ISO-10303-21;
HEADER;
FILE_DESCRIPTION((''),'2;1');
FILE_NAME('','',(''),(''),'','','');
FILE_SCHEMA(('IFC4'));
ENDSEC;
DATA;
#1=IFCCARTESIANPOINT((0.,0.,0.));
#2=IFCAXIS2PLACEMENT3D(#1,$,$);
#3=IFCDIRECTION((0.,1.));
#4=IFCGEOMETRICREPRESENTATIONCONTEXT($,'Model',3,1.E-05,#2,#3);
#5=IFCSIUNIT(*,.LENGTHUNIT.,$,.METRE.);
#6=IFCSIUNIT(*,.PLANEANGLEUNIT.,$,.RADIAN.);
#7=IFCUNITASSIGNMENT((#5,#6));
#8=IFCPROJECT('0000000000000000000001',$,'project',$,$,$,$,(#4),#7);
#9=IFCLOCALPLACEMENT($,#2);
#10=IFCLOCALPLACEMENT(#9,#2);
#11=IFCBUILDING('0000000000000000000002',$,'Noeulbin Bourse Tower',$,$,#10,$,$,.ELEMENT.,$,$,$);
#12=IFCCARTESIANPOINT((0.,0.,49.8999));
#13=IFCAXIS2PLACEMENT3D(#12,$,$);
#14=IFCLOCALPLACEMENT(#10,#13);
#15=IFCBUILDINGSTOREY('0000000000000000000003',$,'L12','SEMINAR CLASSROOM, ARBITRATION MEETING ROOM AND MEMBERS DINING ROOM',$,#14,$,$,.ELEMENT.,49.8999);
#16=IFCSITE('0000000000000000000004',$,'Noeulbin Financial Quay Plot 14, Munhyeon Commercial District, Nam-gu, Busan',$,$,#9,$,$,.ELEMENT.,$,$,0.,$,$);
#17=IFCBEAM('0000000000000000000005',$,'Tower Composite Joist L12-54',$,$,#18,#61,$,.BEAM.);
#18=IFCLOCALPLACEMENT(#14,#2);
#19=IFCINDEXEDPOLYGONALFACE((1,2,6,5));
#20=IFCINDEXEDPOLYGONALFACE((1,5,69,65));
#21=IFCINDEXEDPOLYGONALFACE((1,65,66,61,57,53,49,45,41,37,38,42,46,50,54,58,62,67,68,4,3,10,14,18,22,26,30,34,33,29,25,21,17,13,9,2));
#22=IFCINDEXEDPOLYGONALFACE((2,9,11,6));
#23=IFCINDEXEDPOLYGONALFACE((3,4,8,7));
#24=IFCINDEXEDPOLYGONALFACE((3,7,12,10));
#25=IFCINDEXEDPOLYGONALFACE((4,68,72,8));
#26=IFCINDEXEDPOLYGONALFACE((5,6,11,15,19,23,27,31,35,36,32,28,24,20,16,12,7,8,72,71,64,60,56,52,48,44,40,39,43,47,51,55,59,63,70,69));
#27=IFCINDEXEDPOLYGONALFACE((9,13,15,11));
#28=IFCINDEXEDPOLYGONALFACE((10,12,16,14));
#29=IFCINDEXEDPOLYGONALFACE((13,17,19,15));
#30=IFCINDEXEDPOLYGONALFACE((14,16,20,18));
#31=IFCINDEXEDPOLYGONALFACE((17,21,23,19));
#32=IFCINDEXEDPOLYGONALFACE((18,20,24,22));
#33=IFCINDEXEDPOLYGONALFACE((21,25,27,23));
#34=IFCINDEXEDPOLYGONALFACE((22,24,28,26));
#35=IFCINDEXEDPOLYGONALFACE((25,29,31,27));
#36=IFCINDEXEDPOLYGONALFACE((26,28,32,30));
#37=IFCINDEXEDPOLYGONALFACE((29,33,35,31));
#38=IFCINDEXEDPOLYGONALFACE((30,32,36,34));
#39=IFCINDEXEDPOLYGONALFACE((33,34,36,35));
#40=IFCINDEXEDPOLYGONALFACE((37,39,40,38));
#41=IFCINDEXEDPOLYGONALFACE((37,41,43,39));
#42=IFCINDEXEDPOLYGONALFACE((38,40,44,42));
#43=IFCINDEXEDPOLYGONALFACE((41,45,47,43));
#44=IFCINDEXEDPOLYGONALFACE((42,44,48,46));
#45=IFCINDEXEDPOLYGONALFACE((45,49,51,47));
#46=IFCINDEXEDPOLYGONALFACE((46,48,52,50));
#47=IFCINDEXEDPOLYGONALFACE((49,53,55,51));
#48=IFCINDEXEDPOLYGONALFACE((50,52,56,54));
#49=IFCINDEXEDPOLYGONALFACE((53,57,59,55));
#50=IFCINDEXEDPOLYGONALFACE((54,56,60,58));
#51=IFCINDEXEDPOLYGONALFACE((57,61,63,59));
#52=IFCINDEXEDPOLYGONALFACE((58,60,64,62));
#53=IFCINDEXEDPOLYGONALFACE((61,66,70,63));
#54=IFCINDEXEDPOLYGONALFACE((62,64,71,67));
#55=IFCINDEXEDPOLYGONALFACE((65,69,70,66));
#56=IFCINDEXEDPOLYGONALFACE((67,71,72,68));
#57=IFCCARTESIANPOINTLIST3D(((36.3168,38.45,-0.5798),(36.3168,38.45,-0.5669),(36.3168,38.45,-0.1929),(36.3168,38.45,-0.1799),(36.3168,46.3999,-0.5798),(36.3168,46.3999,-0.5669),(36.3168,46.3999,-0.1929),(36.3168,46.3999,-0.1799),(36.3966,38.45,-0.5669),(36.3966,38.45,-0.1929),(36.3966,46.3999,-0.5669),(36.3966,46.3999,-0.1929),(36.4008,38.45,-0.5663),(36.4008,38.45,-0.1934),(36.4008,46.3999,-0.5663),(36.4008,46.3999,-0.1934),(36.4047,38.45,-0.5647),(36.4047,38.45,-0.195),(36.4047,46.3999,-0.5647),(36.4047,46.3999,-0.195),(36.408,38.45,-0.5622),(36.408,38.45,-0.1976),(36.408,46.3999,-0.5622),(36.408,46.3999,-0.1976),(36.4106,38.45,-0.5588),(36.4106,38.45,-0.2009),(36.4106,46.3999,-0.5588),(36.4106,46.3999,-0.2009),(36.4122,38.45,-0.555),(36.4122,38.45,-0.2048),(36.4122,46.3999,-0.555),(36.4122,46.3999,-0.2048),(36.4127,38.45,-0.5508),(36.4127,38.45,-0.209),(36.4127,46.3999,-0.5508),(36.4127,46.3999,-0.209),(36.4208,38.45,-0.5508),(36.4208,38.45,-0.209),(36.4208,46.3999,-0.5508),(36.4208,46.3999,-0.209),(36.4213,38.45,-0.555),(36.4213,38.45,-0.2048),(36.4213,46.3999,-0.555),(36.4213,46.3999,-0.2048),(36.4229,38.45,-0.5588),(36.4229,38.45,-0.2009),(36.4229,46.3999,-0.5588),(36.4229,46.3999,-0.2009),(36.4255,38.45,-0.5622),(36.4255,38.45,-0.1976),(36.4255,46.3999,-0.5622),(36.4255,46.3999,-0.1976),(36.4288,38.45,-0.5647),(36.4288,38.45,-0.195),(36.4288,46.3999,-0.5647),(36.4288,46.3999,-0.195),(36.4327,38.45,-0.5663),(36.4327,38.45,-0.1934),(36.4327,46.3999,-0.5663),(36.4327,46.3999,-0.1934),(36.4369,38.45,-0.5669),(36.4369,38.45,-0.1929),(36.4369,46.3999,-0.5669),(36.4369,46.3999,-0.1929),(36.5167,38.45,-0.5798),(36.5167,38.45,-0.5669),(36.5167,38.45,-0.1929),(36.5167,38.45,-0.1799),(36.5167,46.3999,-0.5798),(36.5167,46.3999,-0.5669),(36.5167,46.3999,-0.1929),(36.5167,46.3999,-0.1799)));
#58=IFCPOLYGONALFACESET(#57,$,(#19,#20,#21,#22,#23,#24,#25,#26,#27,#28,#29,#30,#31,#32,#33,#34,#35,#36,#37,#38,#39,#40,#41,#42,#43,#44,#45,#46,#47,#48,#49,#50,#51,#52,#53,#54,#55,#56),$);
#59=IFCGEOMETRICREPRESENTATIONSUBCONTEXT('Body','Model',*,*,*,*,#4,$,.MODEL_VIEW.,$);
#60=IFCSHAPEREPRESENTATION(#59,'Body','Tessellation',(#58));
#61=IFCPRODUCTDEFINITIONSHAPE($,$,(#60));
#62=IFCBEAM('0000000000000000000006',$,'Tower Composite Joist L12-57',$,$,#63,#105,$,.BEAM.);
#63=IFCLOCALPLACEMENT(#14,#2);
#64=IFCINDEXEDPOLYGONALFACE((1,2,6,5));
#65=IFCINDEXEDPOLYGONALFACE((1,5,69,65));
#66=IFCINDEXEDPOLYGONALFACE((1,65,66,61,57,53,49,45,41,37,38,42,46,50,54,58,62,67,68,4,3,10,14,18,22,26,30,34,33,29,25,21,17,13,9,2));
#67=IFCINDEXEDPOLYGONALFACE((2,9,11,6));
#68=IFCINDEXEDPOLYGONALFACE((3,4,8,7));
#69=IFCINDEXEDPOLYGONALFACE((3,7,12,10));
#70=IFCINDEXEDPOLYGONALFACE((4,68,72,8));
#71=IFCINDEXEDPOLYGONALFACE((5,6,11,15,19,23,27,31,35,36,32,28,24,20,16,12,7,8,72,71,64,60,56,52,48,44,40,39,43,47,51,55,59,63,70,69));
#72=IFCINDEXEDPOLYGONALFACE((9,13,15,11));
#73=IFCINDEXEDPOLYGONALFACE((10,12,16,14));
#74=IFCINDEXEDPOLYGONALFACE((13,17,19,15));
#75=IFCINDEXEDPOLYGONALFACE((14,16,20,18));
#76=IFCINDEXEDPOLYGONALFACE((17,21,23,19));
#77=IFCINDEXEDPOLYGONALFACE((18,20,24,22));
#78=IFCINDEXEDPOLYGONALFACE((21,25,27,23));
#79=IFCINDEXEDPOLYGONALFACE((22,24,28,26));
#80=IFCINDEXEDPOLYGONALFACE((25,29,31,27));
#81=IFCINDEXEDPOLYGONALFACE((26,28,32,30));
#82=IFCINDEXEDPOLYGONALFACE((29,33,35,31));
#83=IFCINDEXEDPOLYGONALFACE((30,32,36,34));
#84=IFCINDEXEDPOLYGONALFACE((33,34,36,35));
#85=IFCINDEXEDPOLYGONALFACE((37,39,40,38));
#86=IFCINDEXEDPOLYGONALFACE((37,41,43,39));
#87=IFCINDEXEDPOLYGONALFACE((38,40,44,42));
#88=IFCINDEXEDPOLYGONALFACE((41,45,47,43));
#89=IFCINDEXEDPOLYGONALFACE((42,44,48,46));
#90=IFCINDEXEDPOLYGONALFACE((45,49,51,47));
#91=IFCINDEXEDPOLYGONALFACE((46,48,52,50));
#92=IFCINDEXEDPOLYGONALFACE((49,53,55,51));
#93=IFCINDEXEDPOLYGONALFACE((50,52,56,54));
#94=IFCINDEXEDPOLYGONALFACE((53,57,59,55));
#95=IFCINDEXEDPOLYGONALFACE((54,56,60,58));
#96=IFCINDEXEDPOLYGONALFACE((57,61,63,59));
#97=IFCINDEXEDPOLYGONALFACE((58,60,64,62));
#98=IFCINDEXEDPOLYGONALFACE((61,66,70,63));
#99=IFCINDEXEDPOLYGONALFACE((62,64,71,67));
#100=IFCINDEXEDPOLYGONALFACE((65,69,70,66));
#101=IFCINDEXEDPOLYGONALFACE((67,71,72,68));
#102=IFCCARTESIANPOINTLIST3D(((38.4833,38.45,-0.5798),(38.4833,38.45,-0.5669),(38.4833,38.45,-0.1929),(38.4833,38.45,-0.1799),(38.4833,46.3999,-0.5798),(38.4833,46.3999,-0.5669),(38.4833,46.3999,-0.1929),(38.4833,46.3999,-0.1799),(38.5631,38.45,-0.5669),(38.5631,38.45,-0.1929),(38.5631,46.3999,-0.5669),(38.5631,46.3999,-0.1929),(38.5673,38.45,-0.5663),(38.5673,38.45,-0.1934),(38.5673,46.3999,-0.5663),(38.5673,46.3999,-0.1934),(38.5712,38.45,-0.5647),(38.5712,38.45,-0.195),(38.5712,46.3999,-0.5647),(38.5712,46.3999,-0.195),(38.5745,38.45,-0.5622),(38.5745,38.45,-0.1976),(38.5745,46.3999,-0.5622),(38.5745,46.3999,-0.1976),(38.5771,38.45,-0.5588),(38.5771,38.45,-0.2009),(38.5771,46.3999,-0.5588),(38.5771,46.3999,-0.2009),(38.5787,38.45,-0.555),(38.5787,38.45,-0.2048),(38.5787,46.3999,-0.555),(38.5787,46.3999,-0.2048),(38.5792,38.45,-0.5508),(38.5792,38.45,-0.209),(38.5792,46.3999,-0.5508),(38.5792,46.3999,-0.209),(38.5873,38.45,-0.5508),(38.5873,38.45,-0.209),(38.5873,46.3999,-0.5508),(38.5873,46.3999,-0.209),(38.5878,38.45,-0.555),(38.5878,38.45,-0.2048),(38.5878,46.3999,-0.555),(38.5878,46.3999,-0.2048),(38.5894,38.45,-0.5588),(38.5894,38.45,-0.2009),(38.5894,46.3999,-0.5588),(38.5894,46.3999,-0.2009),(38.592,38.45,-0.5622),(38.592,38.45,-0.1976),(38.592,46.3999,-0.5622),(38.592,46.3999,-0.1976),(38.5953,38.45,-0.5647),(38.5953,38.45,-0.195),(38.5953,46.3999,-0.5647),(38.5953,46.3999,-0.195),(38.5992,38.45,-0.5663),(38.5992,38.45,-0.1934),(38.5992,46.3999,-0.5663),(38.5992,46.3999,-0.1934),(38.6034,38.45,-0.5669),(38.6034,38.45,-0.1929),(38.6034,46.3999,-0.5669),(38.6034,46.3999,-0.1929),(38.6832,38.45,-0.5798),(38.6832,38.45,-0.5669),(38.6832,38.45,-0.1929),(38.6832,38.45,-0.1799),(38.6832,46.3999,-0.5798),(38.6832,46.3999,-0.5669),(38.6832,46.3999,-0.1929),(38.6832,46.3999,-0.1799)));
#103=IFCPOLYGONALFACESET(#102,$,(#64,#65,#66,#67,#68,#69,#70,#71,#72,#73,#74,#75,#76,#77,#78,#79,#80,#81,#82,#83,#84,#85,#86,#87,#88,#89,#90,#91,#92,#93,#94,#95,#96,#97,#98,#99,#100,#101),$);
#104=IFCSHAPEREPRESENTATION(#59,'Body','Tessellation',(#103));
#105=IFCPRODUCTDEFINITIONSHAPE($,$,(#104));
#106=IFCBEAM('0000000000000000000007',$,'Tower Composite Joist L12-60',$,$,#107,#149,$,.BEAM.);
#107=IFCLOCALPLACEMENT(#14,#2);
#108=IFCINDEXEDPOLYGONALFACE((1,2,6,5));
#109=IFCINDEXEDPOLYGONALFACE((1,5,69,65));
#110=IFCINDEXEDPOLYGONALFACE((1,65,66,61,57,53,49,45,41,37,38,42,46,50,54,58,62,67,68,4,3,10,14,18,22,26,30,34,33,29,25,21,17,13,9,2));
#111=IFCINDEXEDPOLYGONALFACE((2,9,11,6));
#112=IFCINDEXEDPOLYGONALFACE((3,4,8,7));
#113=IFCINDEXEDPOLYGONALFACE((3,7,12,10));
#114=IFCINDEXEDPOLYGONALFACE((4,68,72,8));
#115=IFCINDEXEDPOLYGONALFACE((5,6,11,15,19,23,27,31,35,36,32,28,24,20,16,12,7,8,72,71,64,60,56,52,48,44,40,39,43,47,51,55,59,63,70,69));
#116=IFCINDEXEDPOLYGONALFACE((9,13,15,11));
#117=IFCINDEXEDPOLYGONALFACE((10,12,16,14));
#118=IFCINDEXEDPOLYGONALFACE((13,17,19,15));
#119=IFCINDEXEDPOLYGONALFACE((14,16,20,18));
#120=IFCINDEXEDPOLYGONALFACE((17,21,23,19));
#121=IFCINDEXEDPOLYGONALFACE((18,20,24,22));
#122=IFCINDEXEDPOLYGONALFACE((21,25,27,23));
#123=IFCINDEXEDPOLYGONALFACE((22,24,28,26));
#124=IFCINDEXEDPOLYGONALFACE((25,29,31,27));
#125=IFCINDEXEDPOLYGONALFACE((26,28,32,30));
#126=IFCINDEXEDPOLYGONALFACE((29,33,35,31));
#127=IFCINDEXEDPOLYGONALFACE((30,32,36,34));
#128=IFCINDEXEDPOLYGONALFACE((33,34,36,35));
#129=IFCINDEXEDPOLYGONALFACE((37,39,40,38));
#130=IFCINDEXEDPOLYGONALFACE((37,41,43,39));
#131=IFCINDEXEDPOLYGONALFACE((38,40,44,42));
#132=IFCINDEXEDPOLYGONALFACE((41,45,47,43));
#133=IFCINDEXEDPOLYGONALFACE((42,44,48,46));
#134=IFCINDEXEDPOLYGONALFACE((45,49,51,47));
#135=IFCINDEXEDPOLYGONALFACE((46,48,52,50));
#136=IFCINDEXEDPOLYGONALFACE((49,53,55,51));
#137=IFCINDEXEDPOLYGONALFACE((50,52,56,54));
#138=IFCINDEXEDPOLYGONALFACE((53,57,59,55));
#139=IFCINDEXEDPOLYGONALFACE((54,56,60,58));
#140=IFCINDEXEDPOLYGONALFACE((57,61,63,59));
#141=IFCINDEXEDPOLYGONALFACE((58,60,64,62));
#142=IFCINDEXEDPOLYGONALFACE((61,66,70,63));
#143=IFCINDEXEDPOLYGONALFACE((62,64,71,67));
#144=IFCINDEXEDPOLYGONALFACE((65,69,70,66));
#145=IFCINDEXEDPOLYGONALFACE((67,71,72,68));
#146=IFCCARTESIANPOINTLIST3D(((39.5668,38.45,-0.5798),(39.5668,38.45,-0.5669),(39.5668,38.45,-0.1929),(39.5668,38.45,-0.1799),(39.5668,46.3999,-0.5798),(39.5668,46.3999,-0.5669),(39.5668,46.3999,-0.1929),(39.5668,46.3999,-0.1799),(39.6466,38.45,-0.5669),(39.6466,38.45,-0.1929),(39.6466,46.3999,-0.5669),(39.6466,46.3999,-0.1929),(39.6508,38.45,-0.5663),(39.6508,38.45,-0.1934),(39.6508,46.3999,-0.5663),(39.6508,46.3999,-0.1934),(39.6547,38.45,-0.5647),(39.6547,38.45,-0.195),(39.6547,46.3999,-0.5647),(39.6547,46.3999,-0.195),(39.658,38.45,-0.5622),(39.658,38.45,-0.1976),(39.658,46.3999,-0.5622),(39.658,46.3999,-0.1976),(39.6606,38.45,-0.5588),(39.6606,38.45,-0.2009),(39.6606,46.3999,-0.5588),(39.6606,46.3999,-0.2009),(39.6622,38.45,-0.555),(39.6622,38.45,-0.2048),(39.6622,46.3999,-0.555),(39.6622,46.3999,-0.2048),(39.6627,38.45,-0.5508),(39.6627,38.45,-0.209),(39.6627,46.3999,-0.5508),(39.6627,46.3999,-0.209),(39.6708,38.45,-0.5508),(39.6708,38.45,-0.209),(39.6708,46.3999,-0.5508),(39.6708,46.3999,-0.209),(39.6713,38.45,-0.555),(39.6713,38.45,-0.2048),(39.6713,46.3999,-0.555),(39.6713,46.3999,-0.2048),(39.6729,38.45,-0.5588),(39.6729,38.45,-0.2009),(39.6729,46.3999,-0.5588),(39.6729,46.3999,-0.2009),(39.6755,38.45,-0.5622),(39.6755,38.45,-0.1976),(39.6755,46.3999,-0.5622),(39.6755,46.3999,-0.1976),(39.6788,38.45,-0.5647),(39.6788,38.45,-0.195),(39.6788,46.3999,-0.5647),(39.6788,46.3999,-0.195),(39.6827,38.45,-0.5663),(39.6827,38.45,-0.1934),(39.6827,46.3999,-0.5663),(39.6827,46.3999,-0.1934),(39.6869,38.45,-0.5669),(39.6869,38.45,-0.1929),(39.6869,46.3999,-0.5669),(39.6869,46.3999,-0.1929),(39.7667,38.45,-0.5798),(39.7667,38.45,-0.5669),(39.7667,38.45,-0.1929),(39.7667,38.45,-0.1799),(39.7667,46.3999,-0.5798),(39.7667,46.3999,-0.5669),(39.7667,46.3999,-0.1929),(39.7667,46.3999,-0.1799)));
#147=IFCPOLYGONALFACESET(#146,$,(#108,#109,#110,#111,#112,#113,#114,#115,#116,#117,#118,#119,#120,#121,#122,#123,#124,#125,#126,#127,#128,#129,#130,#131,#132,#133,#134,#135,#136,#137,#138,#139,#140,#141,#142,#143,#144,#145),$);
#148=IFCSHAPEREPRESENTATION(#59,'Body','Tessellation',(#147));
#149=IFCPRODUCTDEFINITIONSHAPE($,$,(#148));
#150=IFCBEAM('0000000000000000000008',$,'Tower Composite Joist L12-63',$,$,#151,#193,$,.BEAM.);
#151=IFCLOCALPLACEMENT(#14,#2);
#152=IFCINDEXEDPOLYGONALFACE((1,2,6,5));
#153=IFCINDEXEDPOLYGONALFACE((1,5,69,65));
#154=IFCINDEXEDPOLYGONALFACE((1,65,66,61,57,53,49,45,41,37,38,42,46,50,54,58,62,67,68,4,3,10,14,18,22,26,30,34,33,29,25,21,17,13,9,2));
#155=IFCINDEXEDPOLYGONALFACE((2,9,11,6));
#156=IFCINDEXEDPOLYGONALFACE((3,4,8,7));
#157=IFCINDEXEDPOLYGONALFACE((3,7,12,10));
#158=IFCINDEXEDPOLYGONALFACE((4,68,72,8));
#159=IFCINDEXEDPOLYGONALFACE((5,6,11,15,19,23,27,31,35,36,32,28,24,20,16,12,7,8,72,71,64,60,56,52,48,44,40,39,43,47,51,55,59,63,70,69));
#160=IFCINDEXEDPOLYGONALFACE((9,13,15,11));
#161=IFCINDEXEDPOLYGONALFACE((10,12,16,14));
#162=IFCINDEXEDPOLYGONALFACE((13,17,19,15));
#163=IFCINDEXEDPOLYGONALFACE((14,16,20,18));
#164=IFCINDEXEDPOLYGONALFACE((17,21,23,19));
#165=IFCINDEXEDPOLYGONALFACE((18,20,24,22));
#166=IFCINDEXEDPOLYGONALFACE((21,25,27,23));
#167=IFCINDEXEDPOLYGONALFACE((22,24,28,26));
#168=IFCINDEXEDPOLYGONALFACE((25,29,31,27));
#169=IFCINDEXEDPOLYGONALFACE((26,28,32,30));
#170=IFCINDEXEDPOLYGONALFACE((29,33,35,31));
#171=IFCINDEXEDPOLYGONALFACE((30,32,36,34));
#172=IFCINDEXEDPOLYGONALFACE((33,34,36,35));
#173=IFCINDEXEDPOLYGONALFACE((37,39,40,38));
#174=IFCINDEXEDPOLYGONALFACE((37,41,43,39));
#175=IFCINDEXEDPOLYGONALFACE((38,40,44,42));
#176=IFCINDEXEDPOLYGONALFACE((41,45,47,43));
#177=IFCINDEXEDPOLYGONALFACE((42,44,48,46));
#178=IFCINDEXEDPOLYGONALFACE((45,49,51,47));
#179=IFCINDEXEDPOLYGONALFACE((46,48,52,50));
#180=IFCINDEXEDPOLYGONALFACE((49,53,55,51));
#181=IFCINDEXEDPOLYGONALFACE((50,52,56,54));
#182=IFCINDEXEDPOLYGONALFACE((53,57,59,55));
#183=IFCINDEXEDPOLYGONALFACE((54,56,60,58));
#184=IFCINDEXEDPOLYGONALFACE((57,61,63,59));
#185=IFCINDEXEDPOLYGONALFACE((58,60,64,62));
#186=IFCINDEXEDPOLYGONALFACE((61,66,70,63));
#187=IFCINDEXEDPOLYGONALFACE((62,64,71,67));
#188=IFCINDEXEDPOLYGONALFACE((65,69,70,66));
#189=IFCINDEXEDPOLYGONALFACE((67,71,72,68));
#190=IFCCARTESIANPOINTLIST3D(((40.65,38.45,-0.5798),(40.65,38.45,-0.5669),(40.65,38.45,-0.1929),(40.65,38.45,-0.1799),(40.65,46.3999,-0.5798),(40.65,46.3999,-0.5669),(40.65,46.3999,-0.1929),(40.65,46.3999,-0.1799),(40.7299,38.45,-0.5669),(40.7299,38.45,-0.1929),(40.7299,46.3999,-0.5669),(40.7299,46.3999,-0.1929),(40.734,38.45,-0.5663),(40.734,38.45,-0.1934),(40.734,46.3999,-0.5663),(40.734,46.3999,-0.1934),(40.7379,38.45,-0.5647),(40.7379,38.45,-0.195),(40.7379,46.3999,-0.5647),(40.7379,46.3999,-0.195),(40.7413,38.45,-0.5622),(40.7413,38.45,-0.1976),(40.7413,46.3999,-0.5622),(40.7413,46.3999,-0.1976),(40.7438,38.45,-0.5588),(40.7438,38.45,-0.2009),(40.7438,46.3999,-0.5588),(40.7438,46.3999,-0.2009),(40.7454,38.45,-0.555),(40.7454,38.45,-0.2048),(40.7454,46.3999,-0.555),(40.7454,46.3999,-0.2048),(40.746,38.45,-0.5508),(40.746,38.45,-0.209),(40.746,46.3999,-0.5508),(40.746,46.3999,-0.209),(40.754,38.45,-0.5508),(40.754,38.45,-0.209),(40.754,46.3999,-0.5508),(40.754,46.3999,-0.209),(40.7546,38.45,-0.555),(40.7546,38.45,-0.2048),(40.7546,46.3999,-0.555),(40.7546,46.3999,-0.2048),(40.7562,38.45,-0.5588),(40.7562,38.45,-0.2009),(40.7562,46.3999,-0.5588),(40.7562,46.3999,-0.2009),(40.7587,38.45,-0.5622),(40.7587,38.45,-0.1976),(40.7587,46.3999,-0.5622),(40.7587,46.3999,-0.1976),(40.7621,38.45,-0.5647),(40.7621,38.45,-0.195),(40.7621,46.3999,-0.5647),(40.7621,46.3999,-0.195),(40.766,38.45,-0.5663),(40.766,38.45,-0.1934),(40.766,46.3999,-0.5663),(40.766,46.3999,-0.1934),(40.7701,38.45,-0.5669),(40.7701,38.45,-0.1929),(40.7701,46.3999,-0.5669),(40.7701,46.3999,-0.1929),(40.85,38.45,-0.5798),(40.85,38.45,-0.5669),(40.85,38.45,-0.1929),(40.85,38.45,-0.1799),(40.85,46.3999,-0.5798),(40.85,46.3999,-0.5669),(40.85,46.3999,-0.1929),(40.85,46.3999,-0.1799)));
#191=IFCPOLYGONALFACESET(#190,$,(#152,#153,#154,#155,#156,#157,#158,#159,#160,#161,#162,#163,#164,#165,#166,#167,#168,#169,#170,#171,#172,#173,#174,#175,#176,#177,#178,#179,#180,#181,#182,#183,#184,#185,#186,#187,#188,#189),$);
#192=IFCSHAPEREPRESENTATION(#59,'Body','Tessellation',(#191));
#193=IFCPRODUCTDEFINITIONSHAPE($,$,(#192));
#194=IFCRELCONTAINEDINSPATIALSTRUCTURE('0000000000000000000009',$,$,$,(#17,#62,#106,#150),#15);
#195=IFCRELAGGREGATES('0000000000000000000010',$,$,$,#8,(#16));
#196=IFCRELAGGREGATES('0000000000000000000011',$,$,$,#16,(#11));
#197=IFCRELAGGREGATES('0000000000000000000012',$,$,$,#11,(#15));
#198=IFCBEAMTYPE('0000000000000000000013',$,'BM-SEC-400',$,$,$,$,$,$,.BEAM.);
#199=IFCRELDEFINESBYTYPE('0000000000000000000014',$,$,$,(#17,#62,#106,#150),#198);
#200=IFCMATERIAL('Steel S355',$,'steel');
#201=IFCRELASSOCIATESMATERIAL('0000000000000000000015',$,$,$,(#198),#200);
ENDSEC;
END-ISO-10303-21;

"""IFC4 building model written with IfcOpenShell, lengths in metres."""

from ifc_helpers import new_model, si_unit, direction, frame, origin, origin_2d, place, context, subcontext, project, spatial, i_section, extrude, material, material_profile, profile_set, type_object, element, save


model = new_model("IFC4")

# Units and contexts
model_context = context("Model", 3, precision=1e-05, world=origin(), true_north=direction((0.0, 1.0)))
body_context = subcontext(model_context, "Body", "Model", "MODEL_VIEW")
ifc_project = project(units=[si_unit("LENGTHUNIT", "METRE"), si_unit("PLANEANGLEUNIT", "RADIAN")], contexts=[model_context])

# Site, building, storey
site_placement = place(None, origin())
site = spatial("IfcSite", under=ifc_project, at=site_placement, Name="Noeulbin Financial Quay Plot 14, Munhyeon Commercial District, Nam-gu, Busan", CompositionType="ELEMENT", RefElevation=0.0)
building_placement = place(site_placement, origin())
building = spatial("IfcBuilding", under=site, at=building_placement, Name="Noeulbin Bourse Tower", CompositionType="ELEMENT")
storey_placement = place(building_placement, frame((0.0, 0.0, 49.8999)))
storey = spatial("IfcBuildingStorey", under=building, at=storey_placement, Name="L12", Description="SEMINAR CLASSROOM, ARBITRATION MEETING ROOM AND MEMBERS DINING ROOM", CompositionType="ELEMENT", Elevation=49.8999)

# Beams
ifc_material_1 = material(Name="Steel S355", Category="steel")
ifc_material_profile_1 = material_profile(ifc_material_1, i_section(OverallWidth=0.2, OverallDepth=0.3999, WebThickness=0.0081, FlangeThickness=0.0129, FilletRadius=0.0161, at=origin_2d()), Name="H-400x200x8x13", Category="LoadBearing")
ifc_profile_set_1 = profile_set([ifc_material_profile_1], Name="Steel S355")
beam_type_1 = type_object("IfcBeamType", Name="BM-SEC-400", PredefinedType="BEAM", material=ifc_profile_set_1)
for number, where, z_axis, x_axis, name in (
    (1, (36.4167, 38.45, -0.3799), (0.0, 1.0, 0.0), (-1.0, 0.0, 0.0), "Tower Composite Joist L12-54"),
    (2, (38.5833, 38.45, -0.3799), (0.0, 1.0, 0.0), (-1.0, 0.0, 0.0), "Tower Composite Joist L12-57"),
    (3, (39.6667, 38.45, -0.3799), (0.0, 1.0, 0.0), (-1.0, 0.0, 0.0), "Tower Composite Joist L12-60"),
    (4, (40.75, 38.45, -0.3799), (0.0, 1.0, 0.0), (-1.0, 0.0, 0.0), "Tower Composite Joist L12-63"),
):
    element("IfcBeam", number, at=place(storey_placement, frame(where, z_axis=z_axis, x_axis=x_axis)), inside=storey, type_object=beam_type_1, Name=name, PredefinedType="BEAM", context=body_context, shape_type="SweptSolid", body=[
        extrude(i_section(OverallWidth=0.2, OverallDepth=0.3999, WebThickness=0.0081, FlangeThickness=0.0129, FilletRadius=0.0161, at=origin_2d()), origin(), (0.0, 0.0, 1.0), 7.95),
    ])

save(model, "model.ifc")
